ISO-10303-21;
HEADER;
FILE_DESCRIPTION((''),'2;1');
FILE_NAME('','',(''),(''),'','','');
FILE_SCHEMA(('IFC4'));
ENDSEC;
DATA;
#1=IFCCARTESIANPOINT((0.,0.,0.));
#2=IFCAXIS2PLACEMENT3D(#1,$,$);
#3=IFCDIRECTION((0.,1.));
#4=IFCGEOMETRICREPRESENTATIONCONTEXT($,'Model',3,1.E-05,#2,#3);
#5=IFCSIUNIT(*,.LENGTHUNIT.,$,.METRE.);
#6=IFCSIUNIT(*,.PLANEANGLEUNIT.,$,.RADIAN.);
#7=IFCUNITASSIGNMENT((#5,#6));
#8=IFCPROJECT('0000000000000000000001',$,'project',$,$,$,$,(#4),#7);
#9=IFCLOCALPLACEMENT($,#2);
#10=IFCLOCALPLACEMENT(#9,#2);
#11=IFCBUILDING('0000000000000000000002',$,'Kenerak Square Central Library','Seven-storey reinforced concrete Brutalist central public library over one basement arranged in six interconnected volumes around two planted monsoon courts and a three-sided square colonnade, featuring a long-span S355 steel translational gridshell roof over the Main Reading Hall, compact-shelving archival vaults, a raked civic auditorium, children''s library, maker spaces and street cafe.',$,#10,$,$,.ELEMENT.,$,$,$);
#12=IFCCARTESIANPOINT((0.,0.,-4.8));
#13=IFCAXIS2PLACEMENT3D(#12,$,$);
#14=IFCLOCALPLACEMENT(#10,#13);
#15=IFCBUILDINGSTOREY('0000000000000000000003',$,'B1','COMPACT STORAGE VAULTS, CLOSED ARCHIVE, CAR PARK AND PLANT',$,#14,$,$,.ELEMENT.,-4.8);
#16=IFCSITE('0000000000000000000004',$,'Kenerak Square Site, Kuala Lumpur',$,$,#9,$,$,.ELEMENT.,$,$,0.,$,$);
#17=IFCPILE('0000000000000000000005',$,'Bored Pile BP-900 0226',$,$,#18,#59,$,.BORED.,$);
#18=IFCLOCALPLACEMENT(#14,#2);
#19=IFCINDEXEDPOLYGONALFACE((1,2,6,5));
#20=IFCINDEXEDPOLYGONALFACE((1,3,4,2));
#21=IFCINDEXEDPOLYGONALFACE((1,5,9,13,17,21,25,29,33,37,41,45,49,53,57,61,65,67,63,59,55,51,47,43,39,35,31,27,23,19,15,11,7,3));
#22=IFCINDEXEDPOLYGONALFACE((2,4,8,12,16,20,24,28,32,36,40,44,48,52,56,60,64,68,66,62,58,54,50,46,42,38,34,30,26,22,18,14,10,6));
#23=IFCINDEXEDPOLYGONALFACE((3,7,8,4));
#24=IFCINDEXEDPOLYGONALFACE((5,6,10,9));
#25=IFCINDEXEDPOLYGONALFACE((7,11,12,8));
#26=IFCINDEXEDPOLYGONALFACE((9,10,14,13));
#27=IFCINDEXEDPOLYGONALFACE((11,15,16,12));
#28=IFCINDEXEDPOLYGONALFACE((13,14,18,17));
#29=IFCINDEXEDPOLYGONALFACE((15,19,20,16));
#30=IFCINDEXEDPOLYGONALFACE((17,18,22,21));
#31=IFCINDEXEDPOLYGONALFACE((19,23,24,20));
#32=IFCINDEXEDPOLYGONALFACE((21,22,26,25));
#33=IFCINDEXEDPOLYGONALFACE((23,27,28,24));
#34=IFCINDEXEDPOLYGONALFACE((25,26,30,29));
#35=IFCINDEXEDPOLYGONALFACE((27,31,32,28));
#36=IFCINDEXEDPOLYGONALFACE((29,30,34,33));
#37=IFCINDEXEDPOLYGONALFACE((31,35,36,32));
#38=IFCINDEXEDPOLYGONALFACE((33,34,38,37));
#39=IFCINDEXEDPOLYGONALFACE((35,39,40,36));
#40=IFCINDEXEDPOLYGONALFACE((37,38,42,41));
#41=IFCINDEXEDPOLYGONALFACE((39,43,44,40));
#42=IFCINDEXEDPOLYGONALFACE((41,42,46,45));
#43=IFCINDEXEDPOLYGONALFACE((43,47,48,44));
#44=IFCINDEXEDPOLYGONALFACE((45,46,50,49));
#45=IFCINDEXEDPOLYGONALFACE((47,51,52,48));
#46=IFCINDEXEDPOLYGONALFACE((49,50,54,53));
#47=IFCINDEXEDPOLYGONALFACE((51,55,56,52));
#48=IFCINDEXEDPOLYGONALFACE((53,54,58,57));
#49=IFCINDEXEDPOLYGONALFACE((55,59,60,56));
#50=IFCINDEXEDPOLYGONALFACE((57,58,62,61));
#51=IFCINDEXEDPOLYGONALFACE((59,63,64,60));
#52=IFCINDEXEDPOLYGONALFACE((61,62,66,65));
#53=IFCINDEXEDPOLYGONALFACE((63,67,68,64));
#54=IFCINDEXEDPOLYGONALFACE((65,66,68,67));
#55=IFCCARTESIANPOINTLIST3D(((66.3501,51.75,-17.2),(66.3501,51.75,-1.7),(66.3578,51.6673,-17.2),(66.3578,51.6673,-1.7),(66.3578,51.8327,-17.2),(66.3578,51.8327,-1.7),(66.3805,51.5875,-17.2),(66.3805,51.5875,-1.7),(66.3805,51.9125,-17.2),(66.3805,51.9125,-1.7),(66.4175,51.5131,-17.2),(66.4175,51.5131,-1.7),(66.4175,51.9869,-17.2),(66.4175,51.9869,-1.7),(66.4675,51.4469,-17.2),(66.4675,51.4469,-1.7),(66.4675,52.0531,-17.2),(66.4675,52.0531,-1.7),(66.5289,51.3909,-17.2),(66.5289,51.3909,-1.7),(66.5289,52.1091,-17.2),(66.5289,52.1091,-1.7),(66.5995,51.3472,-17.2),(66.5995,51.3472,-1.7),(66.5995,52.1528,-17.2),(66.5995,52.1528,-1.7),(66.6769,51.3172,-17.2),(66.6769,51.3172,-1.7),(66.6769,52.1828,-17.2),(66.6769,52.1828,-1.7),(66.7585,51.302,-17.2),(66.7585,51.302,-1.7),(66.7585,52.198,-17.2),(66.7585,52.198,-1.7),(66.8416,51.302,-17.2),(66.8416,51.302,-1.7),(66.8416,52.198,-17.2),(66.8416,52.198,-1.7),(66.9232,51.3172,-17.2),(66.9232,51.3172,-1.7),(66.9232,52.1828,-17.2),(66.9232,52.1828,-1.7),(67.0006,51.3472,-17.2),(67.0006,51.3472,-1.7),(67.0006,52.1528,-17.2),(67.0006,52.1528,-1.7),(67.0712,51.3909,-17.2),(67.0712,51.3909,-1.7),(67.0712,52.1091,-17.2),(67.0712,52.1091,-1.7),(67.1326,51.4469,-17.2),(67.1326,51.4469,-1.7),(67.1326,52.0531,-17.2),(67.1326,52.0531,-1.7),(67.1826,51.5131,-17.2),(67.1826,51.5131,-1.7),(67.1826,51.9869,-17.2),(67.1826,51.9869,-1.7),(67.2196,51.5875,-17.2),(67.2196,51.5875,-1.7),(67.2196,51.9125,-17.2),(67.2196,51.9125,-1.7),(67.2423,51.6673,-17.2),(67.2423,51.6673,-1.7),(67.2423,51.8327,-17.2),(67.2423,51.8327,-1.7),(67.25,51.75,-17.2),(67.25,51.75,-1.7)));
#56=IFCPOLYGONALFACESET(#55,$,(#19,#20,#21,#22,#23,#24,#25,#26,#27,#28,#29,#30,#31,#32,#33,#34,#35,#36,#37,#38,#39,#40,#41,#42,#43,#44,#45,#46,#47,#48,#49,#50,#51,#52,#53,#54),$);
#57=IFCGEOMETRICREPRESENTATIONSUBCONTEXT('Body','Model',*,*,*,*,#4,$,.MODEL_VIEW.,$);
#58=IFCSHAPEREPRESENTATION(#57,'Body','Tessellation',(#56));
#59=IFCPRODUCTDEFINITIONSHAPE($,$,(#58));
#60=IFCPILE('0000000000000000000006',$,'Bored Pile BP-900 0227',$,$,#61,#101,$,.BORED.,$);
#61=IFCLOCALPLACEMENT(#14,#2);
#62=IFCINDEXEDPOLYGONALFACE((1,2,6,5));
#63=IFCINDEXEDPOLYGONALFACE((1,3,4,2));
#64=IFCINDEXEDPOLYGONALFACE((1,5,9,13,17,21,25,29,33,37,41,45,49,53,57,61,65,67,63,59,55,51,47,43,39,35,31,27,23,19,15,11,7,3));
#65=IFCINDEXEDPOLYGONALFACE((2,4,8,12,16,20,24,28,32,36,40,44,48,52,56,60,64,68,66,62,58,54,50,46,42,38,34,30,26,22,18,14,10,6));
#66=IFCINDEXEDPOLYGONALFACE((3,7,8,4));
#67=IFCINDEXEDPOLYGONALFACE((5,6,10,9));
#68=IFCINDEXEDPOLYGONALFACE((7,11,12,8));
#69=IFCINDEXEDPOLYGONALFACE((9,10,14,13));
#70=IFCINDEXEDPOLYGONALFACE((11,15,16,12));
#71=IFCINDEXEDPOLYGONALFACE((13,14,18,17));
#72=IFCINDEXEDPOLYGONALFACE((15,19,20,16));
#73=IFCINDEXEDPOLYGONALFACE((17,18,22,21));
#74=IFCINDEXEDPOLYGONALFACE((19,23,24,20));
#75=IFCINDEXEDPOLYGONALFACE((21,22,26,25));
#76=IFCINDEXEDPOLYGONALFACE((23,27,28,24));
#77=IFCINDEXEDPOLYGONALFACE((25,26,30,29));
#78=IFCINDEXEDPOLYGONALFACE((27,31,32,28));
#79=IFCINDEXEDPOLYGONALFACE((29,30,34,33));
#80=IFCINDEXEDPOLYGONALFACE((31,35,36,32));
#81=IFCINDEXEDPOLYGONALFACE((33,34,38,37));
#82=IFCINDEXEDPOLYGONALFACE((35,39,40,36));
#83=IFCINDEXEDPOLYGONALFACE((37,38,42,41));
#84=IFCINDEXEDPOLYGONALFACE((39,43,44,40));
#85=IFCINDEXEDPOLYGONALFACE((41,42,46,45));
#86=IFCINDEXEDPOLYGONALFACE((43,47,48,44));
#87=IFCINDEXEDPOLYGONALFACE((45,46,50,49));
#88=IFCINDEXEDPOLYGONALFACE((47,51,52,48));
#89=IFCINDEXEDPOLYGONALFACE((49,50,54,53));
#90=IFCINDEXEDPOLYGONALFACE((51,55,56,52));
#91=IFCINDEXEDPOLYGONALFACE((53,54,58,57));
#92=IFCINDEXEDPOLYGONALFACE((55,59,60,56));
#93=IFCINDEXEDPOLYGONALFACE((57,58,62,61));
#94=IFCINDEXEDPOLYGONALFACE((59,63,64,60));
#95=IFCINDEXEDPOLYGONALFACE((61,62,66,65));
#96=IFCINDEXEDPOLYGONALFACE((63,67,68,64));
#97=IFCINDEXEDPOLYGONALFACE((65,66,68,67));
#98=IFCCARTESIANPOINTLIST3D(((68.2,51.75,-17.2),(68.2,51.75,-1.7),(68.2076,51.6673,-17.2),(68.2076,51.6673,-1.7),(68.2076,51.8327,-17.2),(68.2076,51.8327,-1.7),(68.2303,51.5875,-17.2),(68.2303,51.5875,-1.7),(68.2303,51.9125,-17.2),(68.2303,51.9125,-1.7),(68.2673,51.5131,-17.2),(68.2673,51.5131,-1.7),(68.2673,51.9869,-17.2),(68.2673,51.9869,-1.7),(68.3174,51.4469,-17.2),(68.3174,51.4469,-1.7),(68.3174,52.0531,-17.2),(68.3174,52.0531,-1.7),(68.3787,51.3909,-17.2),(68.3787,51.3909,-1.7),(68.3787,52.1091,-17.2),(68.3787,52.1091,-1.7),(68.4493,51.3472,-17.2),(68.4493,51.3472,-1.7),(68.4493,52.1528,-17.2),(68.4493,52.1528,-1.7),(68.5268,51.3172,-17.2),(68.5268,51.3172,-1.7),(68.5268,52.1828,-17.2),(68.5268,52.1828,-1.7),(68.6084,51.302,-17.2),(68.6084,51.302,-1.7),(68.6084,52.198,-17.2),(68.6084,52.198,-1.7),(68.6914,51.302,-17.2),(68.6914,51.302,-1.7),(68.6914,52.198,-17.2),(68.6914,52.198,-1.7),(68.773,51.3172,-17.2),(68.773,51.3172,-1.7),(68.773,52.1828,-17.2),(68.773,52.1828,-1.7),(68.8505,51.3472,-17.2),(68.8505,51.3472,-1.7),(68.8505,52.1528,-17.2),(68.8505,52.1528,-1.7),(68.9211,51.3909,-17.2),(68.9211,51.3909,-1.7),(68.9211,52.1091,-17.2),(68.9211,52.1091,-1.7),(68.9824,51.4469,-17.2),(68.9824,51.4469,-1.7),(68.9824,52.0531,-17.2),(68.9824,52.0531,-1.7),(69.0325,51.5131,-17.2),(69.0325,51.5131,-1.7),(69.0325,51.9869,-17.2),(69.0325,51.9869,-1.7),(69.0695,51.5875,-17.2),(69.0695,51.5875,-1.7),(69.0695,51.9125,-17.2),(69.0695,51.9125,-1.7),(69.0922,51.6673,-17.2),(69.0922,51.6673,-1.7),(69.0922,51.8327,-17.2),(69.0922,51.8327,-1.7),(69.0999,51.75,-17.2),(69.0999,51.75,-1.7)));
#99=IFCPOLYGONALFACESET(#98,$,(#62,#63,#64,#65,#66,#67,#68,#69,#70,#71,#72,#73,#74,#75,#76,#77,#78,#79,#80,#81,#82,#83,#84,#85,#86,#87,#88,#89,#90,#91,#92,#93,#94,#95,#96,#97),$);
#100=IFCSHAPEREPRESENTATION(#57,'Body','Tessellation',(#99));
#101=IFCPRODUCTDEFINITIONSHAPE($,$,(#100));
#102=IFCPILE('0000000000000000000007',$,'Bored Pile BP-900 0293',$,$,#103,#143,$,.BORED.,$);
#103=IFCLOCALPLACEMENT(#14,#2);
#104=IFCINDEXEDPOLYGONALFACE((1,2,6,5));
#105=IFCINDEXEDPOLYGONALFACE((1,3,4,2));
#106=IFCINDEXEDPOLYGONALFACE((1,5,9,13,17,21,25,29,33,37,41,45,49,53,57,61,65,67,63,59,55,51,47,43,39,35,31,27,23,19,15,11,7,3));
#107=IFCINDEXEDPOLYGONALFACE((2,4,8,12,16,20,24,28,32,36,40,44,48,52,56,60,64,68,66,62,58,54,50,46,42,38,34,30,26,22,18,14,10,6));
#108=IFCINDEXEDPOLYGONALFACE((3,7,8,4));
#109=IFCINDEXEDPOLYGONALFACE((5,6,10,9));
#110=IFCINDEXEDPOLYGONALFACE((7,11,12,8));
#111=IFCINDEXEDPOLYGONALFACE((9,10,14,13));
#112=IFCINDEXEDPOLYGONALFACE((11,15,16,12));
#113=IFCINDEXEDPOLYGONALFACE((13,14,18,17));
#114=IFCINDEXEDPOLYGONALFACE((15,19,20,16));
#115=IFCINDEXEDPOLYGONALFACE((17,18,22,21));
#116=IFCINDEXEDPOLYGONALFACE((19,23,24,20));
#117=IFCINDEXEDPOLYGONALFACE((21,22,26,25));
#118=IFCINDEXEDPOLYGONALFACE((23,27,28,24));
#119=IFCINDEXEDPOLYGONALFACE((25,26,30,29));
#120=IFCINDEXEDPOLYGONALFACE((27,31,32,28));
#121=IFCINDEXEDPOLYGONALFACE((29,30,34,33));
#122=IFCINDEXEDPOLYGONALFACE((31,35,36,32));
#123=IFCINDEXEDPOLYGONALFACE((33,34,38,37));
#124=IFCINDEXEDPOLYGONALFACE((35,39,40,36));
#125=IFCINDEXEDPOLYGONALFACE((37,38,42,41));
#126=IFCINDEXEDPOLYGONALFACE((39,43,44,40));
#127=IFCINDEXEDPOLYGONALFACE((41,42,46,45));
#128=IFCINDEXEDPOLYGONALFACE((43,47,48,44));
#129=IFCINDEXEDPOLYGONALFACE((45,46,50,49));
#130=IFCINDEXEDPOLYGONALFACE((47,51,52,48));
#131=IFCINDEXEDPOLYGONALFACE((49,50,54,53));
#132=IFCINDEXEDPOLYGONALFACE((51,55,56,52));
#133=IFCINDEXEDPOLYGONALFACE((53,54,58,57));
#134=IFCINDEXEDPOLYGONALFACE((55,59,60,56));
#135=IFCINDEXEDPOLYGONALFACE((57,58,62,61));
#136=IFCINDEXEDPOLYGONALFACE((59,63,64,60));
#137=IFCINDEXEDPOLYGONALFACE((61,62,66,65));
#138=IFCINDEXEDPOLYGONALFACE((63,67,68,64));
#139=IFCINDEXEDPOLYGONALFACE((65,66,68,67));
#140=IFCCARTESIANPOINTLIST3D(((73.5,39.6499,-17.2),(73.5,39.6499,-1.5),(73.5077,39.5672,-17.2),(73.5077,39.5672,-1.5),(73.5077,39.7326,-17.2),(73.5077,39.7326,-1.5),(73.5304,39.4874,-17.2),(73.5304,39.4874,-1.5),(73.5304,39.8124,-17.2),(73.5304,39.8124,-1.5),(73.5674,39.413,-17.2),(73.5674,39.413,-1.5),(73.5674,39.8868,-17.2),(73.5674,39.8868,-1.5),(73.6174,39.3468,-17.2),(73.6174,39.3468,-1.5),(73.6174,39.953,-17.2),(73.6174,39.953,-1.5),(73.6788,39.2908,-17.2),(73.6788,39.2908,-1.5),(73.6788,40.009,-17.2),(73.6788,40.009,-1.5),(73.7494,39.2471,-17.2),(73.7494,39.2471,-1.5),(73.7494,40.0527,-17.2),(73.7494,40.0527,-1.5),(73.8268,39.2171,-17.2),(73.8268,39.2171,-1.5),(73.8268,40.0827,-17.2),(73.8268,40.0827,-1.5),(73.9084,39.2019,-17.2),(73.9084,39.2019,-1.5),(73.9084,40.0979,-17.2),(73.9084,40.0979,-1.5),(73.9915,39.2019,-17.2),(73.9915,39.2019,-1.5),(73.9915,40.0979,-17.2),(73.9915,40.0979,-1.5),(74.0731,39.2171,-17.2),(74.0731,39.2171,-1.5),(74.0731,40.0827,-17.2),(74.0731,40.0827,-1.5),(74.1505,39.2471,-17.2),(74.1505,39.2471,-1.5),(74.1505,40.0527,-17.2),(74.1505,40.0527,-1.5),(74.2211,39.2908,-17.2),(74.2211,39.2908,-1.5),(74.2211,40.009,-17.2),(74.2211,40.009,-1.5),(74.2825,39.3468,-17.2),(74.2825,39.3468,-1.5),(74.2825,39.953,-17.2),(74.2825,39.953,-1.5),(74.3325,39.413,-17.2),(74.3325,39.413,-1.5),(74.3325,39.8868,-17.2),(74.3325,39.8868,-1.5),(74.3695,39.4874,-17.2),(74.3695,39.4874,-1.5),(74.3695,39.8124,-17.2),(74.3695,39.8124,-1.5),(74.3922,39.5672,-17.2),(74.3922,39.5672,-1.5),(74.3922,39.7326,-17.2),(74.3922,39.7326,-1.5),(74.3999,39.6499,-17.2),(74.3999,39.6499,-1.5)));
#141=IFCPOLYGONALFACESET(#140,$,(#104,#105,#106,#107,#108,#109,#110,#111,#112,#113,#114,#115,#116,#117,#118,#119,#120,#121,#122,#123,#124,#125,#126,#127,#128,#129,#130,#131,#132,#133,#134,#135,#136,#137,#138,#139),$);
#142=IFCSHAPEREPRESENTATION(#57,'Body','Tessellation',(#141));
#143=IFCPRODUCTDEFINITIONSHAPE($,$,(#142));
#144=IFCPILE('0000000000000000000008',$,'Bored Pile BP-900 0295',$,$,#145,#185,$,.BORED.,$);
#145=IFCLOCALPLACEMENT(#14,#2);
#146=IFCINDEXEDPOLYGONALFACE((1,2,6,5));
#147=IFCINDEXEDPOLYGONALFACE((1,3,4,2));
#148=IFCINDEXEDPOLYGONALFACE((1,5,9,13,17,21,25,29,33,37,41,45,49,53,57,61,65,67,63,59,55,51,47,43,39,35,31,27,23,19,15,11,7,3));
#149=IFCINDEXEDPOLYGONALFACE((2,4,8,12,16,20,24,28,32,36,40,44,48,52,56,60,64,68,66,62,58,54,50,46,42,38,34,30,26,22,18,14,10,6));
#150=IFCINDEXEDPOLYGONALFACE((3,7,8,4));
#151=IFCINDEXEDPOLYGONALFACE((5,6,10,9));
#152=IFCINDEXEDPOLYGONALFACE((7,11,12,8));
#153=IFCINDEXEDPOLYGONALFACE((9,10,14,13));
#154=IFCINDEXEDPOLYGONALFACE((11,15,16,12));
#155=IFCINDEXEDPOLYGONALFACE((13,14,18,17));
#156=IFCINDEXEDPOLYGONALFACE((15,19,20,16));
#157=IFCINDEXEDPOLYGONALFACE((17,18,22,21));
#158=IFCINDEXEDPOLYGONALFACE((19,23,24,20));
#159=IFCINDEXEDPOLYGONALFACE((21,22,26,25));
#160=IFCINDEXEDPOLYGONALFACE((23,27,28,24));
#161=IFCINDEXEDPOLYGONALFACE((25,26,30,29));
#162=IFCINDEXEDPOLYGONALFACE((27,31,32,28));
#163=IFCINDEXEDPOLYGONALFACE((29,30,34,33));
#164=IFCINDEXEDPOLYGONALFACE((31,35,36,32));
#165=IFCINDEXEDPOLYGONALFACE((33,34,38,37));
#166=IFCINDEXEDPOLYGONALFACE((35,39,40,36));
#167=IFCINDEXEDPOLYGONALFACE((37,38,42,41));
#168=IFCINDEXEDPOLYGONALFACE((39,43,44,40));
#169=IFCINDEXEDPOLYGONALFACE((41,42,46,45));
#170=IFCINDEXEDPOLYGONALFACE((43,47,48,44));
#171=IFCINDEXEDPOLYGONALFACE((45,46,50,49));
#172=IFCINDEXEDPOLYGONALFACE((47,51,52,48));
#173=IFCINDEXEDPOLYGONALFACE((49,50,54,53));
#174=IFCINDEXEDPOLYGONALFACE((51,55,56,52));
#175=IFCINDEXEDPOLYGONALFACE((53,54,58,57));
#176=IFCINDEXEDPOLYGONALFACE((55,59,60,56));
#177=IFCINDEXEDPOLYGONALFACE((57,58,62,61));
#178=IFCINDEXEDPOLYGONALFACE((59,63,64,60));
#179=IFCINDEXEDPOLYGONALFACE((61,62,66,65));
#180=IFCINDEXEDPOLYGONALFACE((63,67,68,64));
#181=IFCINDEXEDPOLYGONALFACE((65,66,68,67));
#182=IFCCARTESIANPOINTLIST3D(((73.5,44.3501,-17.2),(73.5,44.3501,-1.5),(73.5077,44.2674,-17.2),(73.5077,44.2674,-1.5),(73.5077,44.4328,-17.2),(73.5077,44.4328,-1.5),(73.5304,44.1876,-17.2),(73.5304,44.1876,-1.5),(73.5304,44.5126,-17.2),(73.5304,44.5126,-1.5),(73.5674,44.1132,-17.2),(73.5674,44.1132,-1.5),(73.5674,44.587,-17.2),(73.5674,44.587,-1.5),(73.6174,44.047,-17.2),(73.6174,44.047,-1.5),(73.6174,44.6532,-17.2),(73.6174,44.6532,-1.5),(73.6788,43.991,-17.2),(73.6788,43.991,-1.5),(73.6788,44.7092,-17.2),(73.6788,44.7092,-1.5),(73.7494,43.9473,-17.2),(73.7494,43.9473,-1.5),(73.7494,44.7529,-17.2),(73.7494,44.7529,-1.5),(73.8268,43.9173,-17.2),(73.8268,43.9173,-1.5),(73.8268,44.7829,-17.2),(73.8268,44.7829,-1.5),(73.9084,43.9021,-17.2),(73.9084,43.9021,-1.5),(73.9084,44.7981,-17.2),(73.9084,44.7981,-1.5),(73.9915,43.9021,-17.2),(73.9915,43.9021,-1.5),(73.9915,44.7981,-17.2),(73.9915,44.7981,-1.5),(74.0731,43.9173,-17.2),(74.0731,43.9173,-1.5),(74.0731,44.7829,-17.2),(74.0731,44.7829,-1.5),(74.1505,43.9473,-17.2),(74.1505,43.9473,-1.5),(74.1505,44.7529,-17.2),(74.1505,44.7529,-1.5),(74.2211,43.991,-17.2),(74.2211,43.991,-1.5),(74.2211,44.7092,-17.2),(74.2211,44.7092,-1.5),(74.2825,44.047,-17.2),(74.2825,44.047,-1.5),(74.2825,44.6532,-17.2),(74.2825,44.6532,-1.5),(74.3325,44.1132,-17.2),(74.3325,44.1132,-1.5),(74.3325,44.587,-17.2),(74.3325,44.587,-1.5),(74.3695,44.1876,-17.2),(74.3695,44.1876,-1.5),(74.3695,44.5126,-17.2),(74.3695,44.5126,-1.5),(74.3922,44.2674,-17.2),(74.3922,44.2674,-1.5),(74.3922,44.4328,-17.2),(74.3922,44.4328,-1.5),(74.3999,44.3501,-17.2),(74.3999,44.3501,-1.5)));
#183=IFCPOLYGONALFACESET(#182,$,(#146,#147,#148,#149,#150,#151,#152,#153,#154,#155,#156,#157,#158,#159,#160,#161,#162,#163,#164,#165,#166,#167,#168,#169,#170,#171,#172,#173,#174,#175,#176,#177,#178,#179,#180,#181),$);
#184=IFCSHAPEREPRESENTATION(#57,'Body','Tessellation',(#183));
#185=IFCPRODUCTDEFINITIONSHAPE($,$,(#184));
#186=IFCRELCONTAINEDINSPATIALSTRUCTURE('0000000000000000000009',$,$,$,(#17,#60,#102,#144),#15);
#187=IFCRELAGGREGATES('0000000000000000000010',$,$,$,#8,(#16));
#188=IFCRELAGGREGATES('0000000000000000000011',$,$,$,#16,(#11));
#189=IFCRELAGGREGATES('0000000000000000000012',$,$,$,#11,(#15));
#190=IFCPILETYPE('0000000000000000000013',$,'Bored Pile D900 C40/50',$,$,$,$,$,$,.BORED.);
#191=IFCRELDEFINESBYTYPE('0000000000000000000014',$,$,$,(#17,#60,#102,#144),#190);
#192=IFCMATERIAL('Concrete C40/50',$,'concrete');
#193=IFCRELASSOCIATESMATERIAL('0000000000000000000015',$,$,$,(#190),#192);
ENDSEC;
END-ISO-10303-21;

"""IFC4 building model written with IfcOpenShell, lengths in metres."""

from ifc_helpers import new_model, si_unit, direction, frame, origin, origin_2d, place, context, subcontext, project, spatial, circle, extrude, material, material_profile, profile_set, type_object, element, save


model = new_model("IFC4")

# Units and contexts
model_context = context("Model", 3, precision=1e-05, world=origin(), true_north=direction((0.0, 1.0)))
body_context = subcontext(model_context, "Body", "Model", "MODEL_VIEW")
ifc_project = project(units=[si_unit("LENGTHUNIT", "METRE"), si_unit("PLANEANGLEUNIT", "RADIAN")], contexts=[model_context])

# Site, building, storey
site_placement = place(None, origin())
site = spatial("IfcSite", under=ifc_project, at=site_placement, Name="Kenerak Square Site, Kuala Lumpur", CompositionType="ELEMENT", RefElevation=0.0)
building_placement = place(site_placement, origin())
building = spatial("IfcBuilding", under=site, at=building_placement, Name="Kenerak Square Central Library", Description="Seven-storey reinforced concrete Brutalist central public library over one basement arranged in six interconnected volumes around two planted monsoon courts and a three-sided square colonnade, featuring a long-span S355 steel translational gridshell roof over the Main Reading Hall, compact-shelving archival vaults, a raked civic auditorium, children's library, maker spaces and street cafe.", CompositionType="ELEMENT")
storey_placement = place(building_placement, frame((0.0, 0.0, -4.8)))
storey = spatial("IfcBuildingStorey", under=building, at=storey_placement, Name="B1", Description="COMPACT STORAGE VAULTS, CLOSED ARCHIVE, CAR PARK AND PLANT", CompositionType="ELEMENT", Elevation=-4.8)

# Piles
ifc_material_1 = material(Name="Concrete C40/50", Category="concrete")
ifc_material_profile_1 = material_profile(ifc_material_1, circle(Radius=0.45, at=origin_2d()), Name="BP D900")
ifc_profile_set_1 = profile_set([ifc_material_profile_1], Name="Concrete C40/50")
pile_type_1 = type_object("IfcPileType", Name="Bored Pile D900 C40/50", PredefinedType="BORED", material=ifc_profile_set_1)
for number, where, z_axis, x_axis, name in (
    (1, (66.8, 51.75, -1.7), (0.0, 0.0, -1.0), (1.0, 0.0, 0.0), "Bored Pile BP-900 0226"),
    (2, (68.6499, 51.75, -1.7), (0.0, 0.0, -1.0), (1.0, 0.0, 0.0), "Bored Pile BP-900 0227"),
):
    element("IfcPile", number, at=place(storey_placement, frame(where, z_axis=z_axis, x_axis=x_axis)), inside=storey, type_object=pile_type_1, Name=name, PredefinedType="BORED", context=body_context, shape_type="SweptSolid", body=[
        extrude(circle(Radius=0.45, at=origin_2d()), origin(), (0.0, 0.0, 1.0), 15.5),
    ])
for number, where, z_axis, x_axis, name in (
    (3, (73.95, 39.6499, -1.5), (0.0, 0.0, -1.0), (1.0, 0.0, 0.0), "Bored Pile BP-900 0293"),
    (4, (73.95, 44.3501, -1.5), (0.0, 0.0, -1.0), (1.0, 0.0, 0.0), "Bored Pile BP-900 0295"),
):
    element("IfcPile", number, at=place(storey_placement, frame(where, z_axis=z_axis, x_axis=x_axis)), inside=storey, type_object=pile_type_1, Name=name, PredefinedType="BORED", context=body_context, shape_type="SweptSolid", body=[
        extrude(circle(Radius=0.45, at=origin_2d()), origin(), (0.0, 0.0, 1.0), 15.7),
    ])

save(model, "model.ifc")
